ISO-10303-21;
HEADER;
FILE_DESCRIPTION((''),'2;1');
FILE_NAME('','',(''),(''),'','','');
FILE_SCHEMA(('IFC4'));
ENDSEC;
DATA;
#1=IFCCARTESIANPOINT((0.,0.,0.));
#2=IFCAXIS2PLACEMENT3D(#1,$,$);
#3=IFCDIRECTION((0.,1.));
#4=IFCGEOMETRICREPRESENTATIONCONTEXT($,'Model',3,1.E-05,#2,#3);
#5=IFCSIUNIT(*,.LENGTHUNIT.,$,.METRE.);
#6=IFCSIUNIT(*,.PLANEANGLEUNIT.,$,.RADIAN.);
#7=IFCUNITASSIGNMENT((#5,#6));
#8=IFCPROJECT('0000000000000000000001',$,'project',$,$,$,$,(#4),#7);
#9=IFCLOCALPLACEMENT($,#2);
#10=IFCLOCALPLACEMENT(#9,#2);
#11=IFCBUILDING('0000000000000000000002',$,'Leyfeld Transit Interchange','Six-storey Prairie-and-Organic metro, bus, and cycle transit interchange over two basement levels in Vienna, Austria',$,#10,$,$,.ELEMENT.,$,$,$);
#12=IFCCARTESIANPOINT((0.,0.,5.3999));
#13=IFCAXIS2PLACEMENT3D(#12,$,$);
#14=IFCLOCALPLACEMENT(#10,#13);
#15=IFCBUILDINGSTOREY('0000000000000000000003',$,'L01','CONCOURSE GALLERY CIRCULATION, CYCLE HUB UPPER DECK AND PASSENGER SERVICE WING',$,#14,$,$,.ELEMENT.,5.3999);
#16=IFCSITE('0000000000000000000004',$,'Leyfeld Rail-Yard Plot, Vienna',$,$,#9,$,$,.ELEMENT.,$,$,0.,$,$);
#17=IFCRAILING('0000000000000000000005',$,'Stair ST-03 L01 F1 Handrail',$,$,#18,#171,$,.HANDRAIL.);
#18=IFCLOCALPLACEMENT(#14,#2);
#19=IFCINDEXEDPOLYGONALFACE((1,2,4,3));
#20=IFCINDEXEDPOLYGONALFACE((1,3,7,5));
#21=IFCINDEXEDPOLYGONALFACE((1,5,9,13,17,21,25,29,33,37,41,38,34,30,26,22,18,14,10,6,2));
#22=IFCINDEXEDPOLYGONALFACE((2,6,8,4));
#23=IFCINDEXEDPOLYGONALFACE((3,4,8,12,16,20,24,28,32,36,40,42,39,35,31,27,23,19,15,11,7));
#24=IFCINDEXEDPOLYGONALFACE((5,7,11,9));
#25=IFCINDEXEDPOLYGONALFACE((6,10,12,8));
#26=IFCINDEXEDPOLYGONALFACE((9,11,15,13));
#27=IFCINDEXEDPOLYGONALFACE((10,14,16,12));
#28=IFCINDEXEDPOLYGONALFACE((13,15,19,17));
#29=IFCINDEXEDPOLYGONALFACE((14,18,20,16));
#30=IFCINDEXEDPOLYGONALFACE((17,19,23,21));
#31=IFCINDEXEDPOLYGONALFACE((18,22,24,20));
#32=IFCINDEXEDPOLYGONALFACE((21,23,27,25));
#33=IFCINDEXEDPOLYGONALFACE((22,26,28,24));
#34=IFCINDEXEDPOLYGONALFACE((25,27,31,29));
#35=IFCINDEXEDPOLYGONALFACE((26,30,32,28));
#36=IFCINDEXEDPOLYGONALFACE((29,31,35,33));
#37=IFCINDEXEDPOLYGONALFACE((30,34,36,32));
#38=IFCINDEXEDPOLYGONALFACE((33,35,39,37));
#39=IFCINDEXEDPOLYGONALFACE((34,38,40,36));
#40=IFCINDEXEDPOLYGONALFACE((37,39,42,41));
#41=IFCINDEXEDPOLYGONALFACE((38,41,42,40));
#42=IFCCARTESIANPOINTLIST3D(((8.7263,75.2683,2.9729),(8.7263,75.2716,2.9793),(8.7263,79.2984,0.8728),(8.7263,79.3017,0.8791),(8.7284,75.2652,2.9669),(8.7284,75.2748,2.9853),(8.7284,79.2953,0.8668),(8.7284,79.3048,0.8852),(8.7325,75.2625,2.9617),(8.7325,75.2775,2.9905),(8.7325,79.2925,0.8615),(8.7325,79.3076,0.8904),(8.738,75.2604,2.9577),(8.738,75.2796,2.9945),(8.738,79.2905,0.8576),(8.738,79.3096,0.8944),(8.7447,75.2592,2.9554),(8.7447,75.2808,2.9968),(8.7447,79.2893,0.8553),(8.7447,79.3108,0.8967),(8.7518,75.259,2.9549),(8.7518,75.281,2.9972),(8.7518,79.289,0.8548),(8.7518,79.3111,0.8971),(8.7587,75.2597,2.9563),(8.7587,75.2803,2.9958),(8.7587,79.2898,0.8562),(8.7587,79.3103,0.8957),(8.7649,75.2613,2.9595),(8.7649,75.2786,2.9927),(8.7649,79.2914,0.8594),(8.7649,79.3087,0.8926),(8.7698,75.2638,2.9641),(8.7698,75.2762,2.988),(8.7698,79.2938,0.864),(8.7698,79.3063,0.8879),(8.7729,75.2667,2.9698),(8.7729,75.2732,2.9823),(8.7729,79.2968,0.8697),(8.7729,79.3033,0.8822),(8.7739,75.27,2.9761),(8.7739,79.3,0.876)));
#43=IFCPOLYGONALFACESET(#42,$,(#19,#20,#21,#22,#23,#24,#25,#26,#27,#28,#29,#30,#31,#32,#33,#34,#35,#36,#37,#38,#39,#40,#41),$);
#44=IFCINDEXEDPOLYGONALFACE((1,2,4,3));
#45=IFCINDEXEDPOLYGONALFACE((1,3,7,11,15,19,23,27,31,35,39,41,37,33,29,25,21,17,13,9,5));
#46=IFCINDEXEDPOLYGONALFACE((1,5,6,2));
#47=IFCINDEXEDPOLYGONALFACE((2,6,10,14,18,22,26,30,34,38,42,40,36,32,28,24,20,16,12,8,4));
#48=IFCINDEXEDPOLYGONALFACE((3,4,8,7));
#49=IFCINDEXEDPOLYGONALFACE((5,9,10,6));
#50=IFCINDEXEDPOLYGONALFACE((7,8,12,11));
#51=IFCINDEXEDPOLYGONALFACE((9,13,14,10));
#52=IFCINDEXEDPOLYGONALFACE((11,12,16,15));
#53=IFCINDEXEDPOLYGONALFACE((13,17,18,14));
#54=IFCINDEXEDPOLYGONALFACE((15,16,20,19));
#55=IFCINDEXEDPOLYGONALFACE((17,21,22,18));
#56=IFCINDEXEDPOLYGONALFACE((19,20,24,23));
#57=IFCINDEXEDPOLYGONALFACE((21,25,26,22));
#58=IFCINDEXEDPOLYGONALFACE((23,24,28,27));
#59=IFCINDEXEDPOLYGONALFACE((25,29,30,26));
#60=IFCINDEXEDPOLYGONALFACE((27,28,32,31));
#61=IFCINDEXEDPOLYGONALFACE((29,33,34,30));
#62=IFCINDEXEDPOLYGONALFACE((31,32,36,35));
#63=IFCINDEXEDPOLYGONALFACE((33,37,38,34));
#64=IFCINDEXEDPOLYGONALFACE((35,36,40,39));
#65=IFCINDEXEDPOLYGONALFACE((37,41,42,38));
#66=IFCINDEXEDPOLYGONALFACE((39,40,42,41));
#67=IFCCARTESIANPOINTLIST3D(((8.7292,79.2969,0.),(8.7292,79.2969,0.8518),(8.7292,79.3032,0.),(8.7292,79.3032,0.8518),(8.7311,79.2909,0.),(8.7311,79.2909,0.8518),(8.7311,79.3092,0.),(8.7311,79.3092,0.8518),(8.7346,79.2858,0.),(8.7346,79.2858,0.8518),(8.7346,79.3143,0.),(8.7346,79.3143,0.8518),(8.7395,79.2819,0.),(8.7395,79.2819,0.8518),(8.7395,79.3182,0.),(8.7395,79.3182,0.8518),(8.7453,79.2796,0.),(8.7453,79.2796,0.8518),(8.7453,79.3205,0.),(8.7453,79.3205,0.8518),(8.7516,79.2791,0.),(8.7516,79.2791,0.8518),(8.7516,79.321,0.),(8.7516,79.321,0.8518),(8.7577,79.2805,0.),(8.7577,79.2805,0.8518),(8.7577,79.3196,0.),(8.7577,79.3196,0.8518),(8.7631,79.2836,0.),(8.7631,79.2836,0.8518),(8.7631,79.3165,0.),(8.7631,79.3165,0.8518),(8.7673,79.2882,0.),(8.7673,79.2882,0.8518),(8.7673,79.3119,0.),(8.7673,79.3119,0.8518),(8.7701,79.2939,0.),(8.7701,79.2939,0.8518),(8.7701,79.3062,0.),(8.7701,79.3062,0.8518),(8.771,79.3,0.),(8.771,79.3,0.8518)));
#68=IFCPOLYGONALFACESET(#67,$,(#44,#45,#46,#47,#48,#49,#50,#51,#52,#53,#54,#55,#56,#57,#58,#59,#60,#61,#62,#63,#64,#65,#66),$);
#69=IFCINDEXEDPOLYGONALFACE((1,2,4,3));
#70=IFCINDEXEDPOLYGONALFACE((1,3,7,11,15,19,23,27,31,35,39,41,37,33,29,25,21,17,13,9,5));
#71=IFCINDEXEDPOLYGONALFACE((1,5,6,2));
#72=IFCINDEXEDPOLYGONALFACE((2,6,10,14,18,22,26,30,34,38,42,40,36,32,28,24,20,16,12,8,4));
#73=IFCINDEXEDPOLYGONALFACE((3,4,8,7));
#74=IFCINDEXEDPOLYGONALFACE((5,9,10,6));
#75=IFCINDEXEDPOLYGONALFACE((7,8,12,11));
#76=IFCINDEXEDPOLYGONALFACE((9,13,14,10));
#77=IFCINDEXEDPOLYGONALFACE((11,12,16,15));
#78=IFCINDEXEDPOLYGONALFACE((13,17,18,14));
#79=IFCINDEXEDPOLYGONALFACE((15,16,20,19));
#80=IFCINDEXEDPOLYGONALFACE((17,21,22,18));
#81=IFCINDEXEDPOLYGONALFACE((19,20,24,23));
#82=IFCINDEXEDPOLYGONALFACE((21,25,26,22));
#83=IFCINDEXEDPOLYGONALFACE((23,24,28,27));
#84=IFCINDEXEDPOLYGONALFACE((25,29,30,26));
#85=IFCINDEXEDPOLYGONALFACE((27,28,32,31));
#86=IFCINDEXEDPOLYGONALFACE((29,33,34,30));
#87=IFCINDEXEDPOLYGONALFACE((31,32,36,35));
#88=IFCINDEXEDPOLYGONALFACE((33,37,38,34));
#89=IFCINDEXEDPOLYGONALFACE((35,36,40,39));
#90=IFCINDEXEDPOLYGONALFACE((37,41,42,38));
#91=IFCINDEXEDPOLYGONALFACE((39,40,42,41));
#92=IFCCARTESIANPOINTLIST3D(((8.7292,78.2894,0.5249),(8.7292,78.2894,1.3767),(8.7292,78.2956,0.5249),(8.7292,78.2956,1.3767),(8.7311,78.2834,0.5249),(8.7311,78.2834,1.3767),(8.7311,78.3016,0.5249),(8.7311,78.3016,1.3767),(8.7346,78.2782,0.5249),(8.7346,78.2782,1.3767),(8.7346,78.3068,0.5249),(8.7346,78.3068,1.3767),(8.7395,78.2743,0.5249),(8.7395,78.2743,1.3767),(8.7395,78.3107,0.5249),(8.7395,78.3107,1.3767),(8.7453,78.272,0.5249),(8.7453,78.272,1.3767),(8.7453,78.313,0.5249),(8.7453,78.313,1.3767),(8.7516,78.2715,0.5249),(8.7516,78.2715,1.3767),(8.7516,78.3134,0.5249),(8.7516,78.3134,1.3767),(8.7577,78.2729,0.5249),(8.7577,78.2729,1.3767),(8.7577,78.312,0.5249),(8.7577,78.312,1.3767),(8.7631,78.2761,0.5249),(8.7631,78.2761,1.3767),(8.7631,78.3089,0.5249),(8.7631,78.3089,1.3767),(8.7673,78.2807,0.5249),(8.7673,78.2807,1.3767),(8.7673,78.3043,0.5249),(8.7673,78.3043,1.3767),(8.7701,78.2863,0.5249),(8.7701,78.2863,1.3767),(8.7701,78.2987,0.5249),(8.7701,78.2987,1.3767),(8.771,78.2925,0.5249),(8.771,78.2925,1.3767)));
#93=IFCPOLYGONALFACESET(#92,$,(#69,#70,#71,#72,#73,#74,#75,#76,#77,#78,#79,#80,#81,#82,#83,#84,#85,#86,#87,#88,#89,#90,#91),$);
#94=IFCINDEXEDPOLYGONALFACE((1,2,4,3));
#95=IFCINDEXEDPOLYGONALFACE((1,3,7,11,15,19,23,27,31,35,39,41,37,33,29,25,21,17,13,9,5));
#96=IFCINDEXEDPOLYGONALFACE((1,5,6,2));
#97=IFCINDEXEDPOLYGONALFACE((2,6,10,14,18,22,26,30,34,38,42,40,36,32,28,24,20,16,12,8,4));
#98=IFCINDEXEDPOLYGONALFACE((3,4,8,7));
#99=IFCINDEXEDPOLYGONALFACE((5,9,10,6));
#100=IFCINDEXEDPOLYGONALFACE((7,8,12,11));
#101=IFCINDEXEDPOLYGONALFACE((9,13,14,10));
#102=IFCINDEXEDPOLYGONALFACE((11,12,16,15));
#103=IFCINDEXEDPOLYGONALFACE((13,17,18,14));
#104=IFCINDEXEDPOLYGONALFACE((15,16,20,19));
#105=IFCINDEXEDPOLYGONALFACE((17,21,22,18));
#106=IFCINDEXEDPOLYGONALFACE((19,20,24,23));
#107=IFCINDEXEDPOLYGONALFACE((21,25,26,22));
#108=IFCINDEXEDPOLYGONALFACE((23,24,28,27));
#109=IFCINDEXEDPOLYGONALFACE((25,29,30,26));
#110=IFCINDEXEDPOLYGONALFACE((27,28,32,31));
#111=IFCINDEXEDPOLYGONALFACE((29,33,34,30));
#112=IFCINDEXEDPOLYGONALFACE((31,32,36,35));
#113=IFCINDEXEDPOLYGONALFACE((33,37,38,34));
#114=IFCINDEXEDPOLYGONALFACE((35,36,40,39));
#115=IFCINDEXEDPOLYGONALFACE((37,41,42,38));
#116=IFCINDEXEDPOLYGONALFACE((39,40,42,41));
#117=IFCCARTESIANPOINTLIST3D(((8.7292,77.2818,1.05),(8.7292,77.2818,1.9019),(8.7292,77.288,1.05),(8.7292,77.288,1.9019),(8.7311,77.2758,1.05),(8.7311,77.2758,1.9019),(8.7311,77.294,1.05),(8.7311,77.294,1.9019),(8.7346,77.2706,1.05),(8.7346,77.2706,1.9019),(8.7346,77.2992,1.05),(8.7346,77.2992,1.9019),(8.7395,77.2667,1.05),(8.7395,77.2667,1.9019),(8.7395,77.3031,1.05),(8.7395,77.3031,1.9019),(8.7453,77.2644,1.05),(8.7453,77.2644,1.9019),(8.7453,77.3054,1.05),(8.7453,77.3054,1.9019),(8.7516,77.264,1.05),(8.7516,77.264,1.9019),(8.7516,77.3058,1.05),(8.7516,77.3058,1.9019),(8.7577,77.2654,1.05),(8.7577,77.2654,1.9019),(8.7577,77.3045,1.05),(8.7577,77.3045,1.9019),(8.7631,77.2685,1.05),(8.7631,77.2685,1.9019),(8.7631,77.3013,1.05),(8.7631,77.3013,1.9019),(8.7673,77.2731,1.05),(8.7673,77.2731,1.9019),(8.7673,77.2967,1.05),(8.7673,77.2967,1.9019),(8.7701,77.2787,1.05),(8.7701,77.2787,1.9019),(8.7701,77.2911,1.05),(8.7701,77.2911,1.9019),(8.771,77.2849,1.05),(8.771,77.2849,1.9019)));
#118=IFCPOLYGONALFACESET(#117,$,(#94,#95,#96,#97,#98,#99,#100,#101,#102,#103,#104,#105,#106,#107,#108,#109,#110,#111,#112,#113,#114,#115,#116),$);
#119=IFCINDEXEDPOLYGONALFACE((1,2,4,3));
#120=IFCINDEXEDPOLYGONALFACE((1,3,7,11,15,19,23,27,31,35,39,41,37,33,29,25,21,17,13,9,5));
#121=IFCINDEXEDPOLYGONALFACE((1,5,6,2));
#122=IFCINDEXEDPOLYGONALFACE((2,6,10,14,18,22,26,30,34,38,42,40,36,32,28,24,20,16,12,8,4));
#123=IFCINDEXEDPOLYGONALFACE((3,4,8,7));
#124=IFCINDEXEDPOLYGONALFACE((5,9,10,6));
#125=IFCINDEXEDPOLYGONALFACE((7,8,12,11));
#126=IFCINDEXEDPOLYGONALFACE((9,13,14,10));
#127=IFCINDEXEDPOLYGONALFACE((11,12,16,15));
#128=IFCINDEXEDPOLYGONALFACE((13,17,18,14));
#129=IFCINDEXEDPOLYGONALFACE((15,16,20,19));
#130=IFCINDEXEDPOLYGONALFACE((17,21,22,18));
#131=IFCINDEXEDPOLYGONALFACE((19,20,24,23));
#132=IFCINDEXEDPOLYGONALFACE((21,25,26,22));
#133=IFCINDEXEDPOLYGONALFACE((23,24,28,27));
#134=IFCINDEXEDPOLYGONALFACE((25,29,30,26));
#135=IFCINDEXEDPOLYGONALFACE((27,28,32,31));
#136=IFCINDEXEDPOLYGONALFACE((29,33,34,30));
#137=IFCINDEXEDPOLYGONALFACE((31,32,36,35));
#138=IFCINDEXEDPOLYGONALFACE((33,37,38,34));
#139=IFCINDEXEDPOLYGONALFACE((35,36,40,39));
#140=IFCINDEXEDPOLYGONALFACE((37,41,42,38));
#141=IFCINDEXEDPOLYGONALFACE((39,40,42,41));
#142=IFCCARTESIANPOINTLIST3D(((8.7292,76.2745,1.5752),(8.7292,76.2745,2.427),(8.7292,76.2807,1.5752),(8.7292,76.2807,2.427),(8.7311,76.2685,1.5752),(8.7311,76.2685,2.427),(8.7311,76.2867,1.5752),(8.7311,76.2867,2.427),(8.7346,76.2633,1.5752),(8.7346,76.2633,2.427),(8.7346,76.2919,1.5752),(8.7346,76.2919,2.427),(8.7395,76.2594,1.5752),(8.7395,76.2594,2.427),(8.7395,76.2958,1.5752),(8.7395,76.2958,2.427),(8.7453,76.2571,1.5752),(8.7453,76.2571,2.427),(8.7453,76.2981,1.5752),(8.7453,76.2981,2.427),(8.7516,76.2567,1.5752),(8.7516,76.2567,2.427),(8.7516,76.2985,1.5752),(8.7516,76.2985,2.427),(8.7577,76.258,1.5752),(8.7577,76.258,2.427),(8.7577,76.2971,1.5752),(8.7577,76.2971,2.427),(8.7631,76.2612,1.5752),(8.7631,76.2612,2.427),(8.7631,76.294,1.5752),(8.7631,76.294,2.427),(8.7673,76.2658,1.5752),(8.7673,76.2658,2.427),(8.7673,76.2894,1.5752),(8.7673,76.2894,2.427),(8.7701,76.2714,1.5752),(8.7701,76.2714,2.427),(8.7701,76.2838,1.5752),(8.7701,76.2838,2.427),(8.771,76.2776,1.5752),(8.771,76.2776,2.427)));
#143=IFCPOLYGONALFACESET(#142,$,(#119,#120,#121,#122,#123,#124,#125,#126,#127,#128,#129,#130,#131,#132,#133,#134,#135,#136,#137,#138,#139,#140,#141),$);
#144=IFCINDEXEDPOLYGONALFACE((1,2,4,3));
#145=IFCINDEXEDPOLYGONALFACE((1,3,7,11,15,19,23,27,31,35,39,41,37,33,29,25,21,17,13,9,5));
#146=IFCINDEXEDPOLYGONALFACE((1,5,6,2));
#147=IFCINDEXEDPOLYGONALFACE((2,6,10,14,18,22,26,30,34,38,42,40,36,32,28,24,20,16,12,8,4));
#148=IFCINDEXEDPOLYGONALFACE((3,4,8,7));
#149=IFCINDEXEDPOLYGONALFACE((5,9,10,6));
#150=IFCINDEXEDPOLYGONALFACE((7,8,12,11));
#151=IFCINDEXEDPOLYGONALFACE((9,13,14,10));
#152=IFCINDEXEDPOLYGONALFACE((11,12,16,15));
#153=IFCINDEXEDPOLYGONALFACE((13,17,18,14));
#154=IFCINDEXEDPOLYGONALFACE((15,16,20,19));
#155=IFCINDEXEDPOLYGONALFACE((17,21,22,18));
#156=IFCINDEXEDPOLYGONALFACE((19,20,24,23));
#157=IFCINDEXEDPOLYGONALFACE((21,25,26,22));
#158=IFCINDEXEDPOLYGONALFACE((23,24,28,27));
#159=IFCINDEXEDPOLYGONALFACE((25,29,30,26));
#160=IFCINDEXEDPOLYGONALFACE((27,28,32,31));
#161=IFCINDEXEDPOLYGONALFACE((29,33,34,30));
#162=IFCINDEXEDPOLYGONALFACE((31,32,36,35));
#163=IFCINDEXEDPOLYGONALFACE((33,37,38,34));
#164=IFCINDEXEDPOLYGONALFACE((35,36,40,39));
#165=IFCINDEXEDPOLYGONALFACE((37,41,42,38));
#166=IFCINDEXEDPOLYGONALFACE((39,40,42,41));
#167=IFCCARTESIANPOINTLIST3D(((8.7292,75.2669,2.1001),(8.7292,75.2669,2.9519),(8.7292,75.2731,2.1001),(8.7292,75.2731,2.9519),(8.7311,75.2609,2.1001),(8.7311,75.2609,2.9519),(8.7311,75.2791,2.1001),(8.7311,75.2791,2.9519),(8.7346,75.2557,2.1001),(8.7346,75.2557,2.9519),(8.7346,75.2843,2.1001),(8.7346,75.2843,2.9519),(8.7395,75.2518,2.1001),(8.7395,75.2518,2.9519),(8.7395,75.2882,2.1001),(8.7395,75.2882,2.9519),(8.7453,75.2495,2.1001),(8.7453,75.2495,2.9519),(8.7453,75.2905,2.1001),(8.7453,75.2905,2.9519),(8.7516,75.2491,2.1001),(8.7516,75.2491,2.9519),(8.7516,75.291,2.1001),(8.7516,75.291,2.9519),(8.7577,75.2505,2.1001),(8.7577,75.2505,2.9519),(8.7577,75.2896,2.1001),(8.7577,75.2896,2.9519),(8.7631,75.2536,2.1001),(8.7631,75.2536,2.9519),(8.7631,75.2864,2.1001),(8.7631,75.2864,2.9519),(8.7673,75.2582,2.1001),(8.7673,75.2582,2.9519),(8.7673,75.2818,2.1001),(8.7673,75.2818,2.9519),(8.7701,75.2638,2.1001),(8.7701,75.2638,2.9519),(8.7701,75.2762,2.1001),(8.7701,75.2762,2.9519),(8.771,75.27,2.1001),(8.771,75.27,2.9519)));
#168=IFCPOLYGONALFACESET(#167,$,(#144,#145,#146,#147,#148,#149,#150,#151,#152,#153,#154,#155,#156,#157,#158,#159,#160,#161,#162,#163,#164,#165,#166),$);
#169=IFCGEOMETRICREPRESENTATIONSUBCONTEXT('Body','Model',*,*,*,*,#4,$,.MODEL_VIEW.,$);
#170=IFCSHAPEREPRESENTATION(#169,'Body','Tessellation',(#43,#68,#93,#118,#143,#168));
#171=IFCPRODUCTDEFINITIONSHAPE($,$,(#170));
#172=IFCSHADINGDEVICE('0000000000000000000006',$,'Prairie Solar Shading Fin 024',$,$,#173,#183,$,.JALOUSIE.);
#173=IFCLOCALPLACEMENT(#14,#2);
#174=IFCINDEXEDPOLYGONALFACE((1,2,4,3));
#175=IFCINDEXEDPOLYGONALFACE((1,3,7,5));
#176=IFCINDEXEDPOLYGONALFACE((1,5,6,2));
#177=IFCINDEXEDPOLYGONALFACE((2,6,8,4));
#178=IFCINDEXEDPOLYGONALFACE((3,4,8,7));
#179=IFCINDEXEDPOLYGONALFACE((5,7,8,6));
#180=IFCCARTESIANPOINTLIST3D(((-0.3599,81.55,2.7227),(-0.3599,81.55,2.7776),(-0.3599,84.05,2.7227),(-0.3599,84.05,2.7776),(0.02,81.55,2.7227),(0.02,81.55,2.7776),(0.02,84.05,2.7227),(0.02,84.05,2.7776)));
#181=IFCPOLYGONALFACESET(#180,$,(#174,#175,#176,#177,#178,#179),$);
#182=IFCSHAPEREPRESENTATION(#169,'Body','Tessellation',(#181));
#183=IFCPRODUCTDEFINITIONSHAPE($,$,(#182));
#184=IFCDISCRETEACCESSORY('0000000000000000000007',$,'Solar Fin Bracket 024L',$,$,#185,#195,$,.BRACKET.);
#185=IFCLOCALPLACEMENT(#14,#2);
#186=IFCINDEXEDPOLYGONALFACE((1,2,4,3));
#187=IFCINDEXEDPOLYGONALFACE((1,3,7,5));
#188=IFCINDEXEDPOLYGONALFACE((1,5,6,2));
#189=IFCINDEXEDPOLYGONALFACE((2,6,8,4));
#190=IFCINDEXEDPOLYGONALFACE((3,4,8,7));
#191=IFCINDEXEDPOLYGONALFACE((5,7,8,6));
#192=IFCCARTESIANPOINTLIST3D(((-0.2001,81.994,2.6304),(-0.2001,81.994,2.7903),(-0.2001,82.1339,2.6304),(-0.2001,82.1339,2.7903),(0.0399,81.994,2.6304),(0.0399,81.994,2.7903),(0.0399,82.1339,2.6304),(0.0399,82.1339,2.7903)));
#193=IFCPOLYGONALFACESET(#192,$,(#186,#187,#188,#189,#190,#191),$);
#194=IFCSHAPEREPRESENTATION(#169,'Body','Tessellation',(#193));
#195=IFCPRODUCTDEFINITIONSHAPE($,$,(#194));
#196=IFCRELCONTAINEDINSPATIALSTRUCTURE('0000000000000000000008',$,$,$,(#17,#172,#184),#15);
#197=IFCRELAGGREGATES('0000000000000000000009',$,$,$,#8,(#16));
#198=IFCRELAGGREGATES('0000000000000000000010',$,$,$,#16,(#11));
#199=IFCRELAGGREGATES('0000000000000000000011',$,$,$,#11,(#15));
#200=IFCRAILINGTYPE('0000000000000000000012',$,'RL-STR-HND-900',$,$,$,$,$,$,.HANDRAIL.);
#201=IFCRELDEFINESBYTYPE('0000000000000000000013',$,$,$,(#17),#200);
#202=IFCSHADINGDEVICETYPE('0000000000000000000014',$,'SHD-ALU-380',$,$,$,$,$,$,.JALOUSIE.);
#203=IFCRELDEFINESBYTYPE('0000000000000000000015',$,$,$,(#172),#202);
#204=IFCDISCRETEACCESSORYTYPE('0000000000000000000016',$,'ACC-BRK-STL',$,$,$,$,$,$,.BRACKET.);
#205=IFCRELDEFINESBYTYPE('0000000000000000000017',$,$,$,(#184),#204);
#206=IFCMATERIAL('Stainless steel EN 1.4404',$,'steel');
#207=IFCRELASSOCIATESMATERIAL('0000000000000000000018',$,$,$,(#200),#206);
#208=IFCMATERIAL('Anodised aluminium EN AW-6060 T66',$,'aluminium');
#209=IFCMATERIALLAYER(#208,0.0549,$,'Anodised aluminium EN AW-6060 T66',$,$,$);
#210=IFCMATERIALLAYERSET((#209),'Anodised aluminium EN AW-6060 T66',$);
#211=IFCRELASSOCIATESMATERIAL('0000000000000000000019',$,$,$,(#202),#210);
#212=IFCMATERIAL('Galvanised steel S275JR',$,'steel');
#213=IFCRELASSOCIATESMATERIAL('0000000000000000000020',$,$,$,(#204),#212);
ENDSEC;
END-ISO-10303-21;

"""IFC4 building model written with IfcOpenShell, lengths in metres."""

from ifc_helpers import new_model, si_unit, direction, frame, origin, origin_2d, place, context, subcontext, project, spatial, rectangle, circle, extrude, material, layer, layer_set, type_object, element, save


model = new_model("IFC4")

# Units and contexts
model_context = context("Model", 3, precision=1e-05, world=origin(), true_north=direction((0.0, 1.0)))
body_context = subcontext(model_context, "Body", "Model", "MODEL_VIEW")
ifc_project = project(units=[si_unit("LENGTHUNIT", "METRE"), si_unit("PLANEANGLEUNIT", "RADIAN")], contexts=[model_context])

# Site, building, storey
site_placement = place(None, origin())
site = spatial("IfcSite", under=ifc_project, at=site_placement, Name="Leyfeld Rail-Yard Plot, Vienna", CompositionType="ELEMENT", RefElevation=0.0)
building_placement = place(site_placement, origin())
building = spatial("IfcBuilding", under=site, at=building_placement, Name="Leyfeld Transit Interchange", Description="Six-storey Prairie-and-Organic metro, bus, and cycle transit interchange over two basement levels in Vienna, Austria", CompositionType="ELEMENT")
storey_placement = place(building_placement, frame((0.0, 0.0, 5.3999)))
storey = spatial("IfcBuildingStorey", under=building, at=storey_placement, Name="L01", Description="CONCOURSE GALLERY CIRCULATION, CYCLE HUB UPPER DECK AND PASSENGER SERVICE WING", CompositionType="ELEMENT", Elevation=5.3999)

# Shared definitions
ifc_material_1 = material(Name="Anodised aluminium EN AW-6060 T66", Category="aluminium")

# Shared definitions
ifc_material_2 = material(Name="Galvanised steel S275JR", Category="steel")

# Railing
ifc_material_3 = material(Name="Stainless steel EN 1.4404", Category="steel")
railing_type_1 = type_object("IfcRailingType", Name="RL-STR-HND-900", PredefinedType="HANDRAIL", material=ifc_material_3)
railing_1_placement = place(storey_placement, frame((8.75, 79.3, 0.0)))
element("IfcRailing", 1, at=railing_1_placement, inside=storey, type_object=railing_type_1, Name="Stair ST-03 L01 F1 Handrail", PredefinedType="HANDRAIL", context=body_context, shape_type="SweptSolid", body=[
    extrude(circle(Radius=0.0239, at=origin_2d()), frame((0.0, 0.0, 0.876), z_axis=(0.0, -0.886813, 0.462129), x_axis=(1.0, 0.0, 0.0)), (0.0, 0.0, 1.0), 4.5444),
    extrude(circle(Radius=0.021, at=origin_2d()), origin(), (0.0, 0.0, 1.0), 0.8518),
    extrude(circle(Radius=0.021, at=origin_2d()), frame((0.0, -1.0076, 0.5249)), (0.0, 0.0, 1.0), 0.8518),
    extrude(circle(Radius=0.021, at=origin_2d()), frame((0.0, -2.0151, 1.05)), (0.0, 0.0, 1.0), 0.8518),
    extrude(circle(Radius=0.021, at=origin_2d()), frame((0.0, -3.0225, 1.5752)), (0.0, 0.0, 1.0), 0.8518),
    extrude(circle(Radius=0.021, at=origin_2d()), frame((0.0, -4.03, 2.1001)), (0.0, 0.0, 1.0), 0.8518),
])

# Shading device
ifc_layer_1 = layer(ifc_material_1, 0.0549, Name="Anodised aluminium EN AW-6060 T66")
ifc_layer_set_1 = layer_set([ifc_layer_1], Name="Anodised aluminium EN AW-6060 T66")
shading_device_type = type_object("IfcShadingDeviceType", Name="SHD-ALU-380", PredefinedType="JALOUSIE", material=ifc_layer_set_1)
shading_device_placement = place(storey_placement, frame((-0.1699, 82.8, 2.7227), z_axis=(0.0, 0.0, 1.0), x_axis=(0.0, 1.0, 0.0)))
element("IfcShadingDevice", 2, at=shading_device_placement, inside=storey, type_object=shading_device_type, Name="Prairie Solar Shading Fin 024", PredefinedType="JALOUSIE", context=body_context, shape_type="SweptSolid", body=[
    extrude(rectangle(XDim=2.5, YDim=0.3799, at=origin_2d()), origin(), (0.0, 0.0, 1.0), 0.0549),
])

# Discrete accessory
discrete_accessory_type = type_object("IfcDiscreteAccessoryType", Name="ACC-BRK-STL", PredefinedType="BRACKET", material=ifc_material_2)
discrete_accessory_placement = place(storey_placement, frame((-0.0801, 82.064, 2.6304), z_axis=(0.0, 0.0, 1.0), x_axis=(0.0, 1.0, 0.0)))
element("IfcDiscreteAccessory", 3, at=discrete_accessory_placement, inside=storey, type_object=discrete_accessory_type, Name="Solar Fin Bracket 024L", PredefinedType="BRACKET", context=body_context, shape_type="SweptSolid", body=[
    extrude(rectangle(XDim=0.1399, YDim=0.24, at=origin_2d()), origin(), (0.0, 0.0, 1.0), 0.1599),
])

save(model, "model.ifc")
